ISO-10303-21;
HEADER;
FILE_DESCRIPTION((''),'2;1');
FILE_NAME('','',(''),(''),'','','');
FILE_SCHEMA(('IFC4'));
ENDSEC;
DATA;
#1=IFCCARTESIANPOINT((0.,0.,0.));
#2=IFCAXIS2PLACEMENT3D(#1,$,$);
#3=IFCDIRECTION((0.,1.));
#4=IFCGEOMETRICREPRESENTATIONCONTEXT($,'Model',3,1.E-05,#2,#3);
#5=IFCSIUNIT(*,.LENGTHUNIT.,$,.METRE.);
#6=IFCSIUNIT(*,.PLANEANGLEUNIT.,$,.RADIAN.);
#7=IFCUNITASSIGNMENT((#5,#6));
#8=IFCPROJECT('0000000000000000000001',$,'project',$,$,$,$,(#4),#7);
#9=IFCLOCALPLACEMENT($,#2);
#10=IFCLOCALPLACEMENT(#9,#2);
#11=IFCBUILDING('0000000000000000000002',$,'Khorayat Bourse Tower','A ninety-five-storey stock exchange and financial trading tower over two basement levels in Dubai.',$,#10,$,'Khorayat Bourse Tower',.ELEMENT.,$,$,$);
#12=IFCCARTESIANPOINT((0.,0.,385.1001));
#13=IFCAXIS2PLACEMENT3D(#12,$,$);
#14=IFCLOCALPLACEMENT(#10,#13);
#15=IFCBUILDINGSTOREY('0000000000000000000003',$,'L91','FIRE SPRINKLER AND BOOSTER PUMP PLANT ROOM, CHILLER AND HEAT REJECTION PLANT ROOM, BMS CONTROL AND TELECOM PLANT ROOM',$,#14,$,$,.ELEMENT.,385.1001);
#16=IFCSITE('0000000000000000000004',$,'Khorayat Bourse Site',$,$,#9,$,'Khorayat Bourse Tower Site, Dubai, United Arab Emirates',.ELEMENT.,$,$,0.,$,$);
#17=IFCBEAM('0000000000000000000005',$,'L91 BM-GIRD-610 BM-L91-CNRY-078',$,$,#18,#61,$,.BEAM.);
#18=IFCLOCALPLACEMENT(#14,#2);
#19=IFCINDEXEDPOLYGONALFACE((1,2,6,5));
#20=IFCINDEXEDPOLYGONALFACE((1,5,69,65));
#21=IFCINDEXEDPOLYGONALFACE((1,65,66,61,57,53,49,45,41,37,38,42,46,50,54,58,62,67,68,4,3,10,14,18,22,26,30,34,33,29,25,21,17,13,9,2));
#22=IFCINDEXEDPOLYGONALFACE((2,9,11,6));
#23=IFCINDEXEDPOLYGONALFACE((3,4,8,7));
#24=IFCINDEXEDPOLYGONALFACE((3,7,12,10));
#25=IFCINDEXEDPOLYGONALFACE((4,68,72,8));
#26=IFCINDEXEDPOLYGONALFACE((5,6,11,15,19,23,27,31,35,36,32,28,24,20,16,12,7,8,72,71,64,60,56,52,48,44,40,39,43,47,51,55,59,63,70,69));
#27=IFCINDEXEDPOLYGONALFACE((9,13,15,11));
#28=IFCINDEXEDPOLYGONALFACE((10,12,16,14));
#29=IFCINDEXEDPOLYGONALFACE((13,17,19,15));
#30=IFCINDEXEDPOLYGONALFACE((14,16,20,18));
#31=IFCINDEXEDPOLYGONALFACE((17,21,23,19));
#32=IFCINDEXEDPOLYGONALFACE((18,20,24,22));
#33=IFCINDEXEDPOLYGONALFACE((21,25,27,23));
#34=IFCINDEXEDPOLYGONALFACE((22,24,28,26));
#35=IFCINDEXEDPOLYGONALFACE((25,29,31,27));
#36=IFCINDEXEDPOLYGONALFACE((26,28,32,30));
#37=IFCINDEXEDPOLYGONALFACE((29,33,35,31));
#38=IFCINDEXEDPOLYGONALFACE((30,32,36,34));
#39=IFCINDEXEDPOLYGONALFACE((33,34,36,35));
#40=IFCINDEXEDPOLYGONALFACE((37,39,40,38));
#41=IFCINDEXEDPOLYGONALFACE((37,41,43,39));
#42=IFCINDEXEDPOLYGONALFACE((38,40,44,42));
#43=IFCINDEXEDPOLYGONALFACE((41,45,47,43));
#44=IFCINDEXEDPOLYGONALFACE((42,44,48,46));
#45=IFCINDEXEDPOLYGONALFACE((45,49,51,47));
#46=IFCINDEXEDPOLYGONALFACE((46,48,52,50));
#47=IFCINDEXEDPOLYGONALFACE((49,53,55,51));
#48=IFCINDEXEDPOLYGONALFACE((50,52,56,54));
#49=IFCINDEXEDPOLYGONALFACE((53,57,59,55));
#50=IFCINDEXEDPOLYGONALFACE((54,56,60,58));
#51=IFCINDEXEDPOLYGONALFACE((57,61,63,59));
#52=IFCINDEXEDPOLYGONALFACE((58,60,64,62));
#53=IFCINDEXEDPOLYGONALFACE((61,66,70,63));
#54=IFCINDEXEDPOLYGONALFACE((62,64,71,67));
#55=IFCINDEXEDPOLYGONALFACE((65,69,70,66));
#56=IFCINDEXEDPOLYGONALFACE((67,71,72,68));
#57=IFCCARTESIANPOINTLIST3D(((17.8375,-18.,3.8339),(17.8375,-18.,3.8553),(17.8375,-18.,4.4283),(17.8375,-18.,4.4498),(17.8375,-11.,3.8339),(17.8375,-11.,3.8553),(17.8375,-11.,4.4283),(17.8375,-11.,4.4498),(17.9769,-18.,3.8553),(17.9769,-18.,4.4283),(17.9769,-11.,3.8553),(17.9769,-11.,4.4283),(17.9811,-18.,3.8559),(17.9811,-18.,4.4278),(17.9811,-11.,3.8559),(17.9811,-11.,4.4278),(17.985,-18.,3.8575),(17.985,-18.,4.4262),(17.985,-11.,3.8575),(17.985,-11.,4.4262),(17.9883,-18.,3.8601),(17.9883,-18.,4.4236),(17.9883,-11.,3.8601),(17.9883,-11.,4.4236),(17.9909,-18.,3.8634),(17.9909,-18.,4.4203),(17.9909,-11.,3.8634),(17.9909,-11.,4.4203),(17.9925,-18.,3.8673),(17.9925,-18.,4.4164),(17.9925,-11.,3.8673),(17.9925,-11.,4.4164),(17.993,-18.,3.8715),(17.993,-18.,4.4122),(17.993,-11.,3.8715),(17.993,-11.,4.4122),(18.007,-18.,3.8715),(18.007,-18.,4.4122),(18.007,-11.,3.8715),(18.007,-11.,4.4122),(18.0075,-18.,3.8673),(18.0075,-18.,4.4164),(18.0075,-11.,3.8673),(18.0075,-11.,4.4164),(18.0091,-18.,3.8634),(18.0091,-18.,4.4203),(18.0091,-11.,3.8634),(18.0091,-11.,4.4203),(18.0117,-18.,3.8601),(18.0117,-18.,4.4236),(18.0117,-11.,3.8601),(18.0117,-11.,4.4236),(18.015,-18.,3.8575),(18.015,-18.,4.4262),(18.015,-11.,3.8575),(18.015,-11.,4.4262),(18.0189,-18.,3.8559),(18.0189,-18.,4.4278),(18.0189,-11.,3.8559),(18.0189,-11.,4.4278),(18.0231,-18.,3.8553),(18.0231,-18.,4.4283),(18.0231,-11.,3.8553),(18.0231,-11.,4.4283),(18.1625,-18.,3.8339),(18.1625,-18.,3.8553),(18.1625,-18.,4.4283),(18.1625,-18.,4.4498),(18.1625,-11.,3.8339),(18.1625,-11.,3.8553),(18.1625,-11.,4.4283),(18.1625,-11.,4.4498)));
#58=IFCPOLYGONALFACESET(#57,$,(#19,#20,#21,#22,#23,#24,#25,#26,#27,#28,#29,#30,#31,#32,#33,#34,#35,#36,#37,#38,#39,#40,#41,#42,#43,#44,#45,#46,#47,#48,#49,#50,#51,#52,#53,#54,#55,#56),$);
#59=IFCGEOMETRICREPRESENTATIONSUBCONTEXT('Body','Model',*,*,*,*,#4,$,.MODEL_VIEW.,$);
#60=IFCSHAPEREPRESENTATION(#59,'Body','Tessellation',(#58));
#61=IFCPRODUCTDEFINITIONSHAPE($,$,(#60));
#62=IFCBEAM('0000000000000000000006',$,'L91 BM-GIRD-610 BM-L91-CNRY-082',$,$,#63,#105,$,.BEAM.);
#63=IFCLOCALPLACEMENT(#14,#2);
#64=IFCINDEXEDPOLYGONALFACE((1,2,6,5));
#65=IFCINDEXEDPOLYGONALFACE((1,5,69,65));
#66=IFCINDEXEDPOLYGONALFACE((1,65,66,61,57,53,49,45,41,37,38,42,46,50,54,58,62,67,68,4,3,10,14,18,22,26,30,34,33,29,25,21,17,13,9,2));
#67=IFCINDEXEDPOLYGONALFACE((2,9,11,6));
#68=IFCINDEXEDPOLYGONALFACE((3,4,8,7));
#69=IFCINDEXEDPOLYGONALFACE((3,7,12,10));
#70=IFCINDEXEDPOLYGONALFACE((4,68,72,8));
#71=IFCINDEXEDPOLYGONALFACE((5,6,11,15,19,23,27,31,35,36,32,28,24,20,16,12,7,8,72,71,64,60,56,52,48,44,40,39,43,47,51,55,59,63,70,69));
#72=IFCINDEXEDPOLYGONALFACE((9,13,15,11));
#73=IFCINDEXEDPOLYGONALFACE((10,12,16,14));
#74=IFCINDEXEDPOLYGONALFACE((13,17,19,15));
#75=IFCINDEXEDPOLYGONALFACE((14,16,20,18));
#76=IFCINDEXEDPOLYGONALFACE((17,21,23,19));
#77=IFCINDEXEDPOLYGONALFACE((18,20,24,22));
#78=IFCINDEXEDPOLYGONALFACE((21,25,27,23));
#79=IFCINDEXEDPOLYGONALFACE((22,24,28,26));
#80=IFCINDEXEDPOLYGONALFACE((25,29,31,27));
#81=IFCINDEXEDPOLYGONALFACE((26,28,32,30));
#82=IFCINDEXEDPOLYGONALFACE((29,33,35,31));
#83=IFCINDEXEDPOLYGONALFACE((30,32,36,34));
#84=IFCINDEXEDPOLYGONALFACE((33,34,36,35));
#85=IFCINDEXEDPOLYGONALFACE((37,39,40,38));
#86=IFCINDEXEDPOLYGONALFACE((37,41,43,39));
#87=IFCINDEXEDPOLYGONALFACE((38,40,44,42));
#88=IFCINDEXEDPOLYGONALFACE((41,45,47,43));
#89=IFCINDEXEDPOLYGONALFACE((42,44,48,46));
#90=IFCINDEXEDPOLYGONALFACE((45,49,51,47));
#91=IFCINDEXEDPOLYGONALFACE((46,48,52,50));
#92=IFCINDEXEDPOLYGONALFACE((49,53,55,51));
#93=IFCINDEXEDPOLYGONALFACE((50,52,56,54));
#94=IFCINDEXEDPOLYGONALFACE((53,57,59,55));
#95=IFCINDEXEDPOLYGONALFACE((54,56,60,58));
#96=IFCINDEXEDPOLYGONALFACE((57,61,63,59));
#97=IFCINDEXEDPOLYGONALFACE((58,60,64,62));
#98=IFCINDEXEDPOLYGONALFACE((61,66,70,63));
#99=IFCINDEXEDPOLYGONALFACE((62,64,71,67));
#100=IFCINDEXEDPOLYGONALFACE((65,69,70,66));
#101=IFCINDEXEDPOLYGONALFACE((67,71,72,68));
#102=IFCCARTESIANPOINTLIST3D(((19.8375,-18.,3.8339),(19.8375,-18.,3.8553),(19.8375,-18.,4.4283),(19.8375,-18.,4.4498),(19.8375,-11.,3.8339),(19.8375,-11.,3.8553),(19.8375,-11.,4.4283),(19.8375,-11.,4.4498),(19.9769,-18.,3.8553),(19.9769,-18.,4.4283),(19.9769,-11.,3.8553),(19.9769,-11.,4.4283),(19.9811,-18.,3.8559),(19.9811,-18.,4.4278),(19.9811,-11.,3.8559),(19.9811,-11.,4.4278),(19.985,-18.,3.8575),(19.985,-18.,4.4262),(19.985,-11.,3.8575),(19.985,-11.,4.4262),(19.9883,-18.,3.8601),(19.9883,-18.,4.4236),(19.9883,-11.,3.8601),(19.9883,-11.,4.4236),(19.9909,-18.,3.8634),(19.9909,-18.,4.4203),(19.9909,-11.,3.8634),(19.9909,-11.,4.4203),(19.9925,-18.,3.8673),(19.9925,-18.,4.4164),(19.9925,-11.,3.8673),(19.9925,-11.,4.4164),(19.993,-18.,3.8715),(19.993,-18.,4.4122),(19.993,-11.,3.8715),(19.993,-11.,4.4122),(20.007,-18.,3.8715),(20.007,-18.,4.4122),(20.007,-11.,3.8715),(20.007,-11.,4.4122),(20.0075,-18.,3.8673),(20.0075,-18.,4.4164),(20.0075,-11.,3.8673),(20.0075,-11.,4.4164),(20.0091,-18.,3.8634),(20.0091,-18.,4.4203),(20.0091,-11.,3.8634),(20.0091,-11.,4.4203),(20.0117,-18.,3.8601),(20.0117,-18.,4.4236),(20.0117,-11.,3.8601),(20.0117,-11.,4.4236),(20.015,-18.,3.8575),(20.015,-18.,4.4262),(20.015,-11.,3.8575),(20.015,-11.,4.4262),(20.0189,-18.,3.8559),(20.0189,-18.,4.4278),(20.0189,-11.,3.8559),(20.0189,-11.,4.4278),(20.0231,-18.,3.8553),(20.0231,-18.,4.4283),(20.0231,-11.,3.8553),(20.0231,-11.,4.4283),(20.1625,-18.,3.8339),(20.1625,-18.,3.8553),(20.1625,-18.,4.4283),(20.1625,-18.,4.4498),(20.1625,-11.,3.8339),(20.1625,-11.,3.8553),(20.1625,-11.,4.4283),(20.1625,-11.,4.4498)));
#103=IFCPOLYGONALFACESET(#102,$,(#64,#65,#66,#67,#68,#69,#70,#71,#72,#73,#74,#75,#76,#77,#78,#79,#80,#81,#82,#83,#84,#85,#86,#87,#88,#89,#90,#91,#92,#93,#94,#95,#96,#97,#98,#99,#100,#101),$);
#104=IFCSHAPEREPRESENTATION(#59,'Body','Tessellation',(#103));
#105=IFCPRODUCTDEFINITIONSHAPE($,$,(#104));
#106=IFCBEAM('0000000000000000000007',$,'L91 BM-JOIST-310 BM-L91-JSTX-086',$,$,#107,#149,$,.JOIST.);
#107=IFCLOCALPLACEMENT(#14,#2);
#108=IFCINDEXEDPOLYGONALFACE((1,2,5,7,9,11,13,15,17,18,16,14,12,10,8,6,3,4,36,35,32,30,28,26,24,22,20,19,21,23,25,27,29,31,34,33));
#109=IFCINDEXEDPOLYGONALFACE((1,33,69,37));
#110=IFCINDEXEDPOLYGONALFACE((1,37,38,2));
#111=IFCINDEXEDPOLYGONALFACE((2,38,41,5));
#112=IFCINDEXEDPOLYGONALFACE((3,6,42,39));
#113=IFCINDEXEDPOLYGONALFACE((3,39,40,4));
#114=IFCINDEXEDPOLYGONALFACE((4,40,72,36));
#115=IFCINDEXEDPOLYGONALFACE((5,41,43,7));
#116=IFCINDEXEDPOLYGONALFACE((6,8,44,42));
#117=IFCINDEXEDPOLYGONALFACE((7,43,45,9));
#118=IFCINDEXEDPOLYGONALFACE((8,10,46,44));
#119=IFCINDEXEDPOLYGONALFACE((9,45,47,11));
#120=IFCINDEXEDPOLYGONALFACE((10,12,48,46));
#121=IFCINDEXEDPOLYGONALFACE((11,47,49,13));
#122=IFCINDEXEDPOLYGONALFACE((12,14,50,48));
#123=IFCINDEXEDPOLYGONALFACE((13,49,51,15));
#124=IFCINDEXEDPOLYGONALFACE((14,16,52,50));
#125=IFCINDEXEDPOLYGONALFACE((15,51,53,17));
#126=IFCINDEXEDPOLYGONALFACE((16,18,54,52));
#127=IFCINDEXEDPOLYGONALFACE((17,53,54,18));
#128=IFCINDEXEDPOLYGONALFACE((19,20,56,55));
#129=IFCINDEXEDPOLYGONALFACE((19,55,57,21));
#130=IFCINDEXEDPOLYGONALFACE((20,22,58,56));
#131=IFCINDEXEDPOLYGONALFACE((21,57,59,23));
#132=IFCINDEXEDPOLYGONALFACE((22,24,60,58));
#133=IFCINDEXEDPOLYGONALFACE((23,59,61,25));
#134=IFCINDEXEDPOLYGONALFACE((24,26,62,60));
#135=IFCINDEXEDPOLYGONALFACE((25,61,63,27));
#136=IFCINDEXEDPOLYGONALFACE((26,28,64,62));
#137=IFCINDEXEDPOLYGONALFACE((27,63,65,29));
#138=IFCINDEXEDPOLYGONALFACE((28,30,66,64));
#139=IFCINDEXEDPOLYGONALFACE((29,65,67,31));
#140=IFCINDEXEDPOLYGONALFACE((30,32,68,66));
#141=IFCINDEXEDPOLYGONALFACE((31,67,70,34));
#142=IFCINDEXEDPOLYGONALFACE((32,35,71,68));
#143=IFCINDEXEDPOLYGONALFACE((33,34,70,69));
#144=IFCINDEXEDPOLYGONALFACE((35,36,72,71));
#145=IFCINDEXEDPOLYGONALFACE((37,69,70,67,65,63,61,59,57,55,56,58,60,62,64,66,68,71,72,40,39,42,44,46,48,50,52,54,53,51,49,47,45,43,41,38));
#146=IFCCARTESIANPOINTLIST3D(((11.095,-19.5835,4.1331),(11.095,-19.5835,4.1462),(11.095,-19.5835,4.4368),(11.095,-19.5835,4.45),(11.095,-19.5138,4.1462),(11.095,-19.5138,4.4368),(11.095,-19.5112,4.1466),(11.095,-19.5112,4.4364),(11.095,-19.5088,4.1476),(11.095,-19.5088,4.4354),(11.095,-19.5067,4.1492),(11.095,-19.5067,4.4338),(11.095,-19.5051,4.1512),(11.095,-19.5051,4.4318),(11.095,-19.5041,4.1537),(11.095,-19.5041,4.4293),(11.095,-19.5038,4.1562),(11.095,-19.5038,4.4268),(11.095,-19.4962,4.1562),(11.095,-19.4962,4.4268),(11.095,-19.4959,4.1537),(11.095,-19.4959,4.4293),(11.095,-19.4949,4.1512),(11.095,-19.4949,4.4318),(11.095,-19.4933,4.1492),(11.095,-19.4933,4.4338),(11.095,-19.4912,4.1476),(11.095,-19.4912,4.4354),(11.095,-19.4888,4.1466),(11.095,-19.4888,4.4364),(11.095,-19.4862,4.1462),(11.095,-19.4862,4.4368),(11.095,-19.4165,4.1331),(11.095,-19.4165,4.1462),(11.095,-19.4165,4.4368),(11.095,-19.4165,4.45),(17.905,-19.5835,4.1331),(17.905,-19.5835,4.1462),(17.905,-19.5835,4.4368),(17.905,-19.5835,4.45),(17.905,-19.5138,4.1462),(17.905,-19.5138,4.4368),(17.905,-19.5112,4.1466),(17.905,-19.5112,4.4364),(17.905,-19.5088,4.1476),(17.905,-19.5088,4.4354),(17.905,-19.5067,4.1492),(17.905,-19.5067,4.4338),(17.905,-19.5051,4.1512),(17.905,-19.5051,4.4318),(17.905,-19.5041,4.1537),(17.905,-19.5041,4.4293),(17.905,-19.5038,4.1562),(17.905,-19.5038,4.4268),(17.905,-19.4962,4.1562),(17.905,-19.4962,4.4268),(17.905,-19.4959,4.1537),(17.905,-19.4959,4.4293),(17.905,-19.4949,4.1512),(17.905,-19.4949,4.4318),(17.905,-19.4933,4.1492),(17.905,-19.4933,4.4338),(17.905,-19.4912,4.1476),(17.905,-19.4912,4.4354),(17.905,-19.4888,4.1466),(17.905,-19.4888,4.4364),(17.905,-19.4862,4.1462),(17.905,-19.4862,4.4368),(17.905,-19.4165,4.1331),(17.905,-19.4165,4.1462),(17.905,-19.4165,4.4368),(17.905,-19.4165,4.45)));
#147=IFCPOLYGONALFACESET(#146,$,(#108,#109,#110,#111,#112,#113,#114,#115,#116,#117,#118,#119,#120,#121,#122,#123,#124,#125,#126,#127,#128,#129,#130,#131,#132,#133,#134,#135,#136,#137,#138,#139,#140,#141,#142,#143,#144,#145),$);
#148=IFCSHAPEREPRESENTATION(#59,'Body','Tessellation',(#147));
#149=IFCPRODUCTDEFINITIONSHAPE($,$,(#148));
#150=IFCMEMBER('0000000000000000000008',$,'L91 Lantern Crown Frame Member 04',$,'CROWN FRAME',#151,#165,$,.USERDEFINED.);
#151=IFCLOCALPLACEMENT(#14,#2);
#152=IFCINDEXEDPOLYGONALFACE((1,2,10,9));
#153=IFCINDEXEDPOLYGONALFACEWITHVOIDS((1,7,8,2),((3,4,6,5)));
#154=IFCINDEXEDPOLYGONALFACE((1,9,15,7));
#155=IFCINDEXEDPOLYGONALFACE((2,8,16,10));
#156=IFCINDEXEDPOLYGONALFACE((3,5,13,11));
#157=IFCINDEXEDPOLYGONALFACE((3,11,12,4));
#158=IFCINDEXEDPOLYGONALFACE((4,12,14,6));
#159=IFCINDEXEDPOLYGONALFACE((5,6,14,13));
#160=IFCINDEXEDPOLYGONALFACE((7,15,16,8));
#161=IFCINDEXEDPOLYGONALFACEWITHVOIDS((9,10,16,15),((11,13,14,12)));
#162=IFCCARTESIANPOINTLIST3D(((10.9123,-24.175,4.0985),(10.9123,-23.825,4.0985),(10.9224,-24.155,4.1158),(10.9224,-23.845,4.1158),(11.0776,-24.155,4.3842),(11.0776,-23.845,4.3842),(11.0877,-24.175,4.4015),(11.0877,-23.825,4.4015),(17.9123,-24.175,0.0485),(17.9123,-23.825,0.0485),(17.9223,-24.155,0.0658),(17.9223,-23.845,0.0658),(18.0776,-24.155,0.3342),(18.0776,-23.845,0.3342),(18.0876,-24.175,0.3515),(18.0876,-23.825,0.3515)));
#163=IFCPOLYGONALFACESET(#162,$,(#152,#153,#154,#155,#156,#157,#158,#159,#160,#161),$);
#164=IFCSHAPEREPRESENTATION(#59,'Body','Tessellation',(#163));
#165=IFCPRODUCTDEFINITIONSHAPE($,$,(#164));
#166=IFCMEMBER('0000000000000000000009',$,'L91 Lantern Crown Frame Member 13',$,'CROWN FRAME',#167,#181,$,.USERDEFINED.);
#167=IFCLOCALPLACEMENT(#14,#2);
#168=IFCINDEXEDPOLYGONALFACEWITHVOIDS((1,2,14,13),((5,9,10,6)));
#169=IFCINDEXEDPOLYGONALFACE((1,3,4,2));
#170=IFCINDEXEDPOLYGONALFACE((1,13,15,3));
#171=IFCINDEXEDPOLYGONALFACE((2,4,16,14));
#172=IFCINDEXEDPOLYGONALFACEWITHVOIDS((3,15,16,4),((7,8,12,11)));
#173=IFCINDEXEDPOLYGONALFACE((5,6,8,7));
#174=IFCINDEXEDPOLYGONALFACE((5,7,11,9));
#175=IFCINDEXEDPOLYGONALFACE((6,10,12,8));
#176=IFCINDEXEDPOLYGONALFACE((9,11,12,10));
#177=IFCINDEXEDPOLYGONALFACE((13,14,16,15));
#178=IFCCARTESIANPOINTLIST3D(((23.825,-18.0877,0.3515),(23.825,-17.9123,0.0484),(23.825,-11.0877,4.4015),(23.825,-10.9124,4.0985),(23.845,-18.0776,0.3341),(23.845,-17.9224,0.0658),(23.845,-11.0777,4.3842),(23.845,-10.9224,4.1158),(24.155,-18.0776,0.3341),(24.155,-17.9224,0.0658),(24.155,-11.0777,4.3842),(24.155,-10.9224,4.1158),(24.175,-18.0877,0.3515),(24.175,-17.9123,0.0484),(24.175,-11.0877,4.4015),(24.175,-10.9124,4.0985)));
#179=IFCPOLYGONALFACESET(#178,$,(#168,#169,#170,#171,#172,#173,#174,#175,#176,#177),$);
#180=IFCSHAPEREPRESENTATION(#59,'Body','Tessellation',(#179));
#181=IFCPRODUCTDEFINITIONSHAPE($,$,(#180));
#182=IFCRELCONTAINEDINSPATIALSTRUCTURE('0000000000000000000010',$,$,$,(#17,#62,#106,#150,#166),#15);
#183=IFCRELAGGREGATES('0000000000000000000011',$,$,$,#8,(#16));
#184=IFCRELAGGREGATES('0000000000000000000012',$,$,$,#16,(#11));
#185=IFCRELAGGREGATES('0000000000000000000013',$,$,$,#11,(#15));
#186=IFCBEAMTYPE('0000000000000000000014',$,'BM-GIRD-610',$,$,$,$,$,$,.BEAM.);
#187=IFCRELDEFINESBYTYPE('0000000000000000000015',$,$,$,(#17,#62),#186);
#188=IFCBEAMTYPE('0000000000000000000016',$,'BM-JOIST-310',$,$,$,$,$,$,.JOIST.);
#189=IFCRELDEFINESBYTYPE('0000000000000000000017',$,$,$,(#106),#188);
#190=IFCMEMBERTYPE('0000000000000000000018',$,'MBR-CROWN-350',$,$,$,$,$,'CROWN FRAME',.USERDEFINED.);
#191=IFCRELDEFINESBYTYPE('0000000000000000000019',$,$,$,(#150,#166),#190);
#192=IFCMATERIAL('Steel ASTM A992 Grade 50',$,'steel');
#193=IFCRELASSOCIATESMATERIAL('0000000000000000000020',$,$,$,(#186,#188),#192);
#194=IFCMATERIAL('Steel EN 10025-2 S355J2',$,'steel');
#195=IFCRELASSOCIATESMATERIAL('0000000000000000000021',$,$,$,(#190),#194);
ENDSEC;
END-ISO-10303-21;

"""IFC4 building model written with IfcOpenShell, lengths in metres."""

from ifc_helpers import new_model, si_unit, direction, frame, origin, origin_2d, place, context, subcontext, project, spatial, hollow_rectangle, i_section, extrude, source, transform, mapped, material, material_profile, profile_set, type_object, element, save


model = new_model("IFC4")

# Units and contexts
model_context = context("Model", 3, precision=1e-05, world=origin(), true_north=direction((0.0, 1.0)))
body_context = subcontext(model_context, "Body", "Model", "MODEL_VIEW")
ifc_project = project(units=[si_unit("LENGTHUNIT", "METRE"), si_unit("PLANEANGLEUNIT", "RADIAN")], contexts=[model_context])

# Site, building, storey
site_placement = place(None, origin())
site = spatial("IfcSite", under=ifc_project, at=site_placement, Name="Khorayat Bourse Site", LongName="Khorayat Bourse Tower Site, Dubai, United Arab Emirates", CompositionType="ELEMENT", RefElevation=0.0)
building_placement = place(site_placement, origin())
building = spatial("IfcBuilding", under=site, at=building_placement, Name="Khorayat Bourse Tower", Description="A ninety-five-storey stock exchange and financial trading tower over two basement levels in Dubai.", LongName="Khorayat Bourse Tower", CompositionType="ELEMENT")
storey_placement = place(building_placement, frame((0.0, 0.0, 385.1001)))
storey = spatial("IfcBuildingStorey", under=building, at=storey_placement, Name="L91", Description="FIRE SPRINKLER AND BOOSTER PUMP PLANT ROOM, CHILLER AND HEAT REJECTION PLANT ROOM, BMS CONTROL AND TELECOM PLANT ROOM", CompositionType="ELEMENT", Elevation=385.1001)

# Shared definitions
ifc_material_1 = material(Name="Steel EN 10025-2 S355J2", Category="steel")

# Beams
ifc_material_2 = material(Name="Steel ASTM A992 Grade 50", Category="steel")
ifc_material_profile_1 = material_profile(ifc_material_2, i_section(OverallWidth=0.325, OverallDepth=0.616, WebThickness=0.0139, FlangeThickness=0.0215, FilletRadius=0.0161, at=origin_2d()), Name="W610X174")
ifc_profile_set_1 = profile_set([ifc_material_profile_1], Name="Steel ASTM A992 Grade 50")
beam_type_1 = type_object("IfcBeamType", Name="BM-GIRD-610", PredefinedType="BEAM", material=ifc_profile_set_1)
shared_shape_1 = source(origin(), body_context, "Body", "SweptSolid", [
    extrude(i_section(OverallWidth=0.325, OverallDepth=0.616, WebThickness=0.0139, FlangeThickness=0.0215, FilletRadius=0.0161, at=origin_2d()), origin(), (0.0, 0.0, 1.0), 7.0),
])
for number, where, z_axis, x_axis, name in (
    (1, (18.0, -18.0, 4.1418), (0.0, 1.0, 0.0), (-1.0, 0.0, 0.0), "L91 BM-GIRD-610 BM-L91-CNRY-078"),
    (2, (20.0, -18.0, 4.1418), (0.0, 1.0, 0.0), (-1.0, 0.0, 0.0), "L91 BM-GIRD-610 BM-L91-CNRY-082"),
):
    element("IfcBeam", number, at=place(storey_placement, frame(where, z_axis=z_axis, x_axis=x_axis)), inside=storey, type_object=beam_type_1, Name=name, PredefinedType="BEAM", context=body_context, shape_type="MappedRepresentation", body=[
        mapped(shared_shape_1, transform((0.0, 0.0, 0.0), scale=1.0)),
    ])
ifc_material_profile_2 = material_profile(ifc_material_2, i_section(OverallWidth=0.167, OverallDepth=0.3169, WebThickness=0.0076, FlangeThickness=0.0132, FilletRadius=0.01, at=origin_2d()), Name="W310X52")
ifc_profile_set_2 = profile_set([ifc_material_profile_2], Name="Steel ASTM A992 Grade 50")
beam_type_2 = type_object("IfcBeamType", Name="BM-JOIST-310", PredefinedType="JOIST", material=ifc_profile_set_2)
shared_shape_2 = source(origin(), body_context, "Body", "SweptSolid", [
    extrude(i_section(OverallWidth=0.167, OverallDepth=0.3169, WebThickness=0.0076, FlangeThickness=0.0132, FilletRadius=0.01, at=origin_2d()), origin(), (0.0, 0.0, 1.0), 6.8101),
])
beam_1_placement = place(storey_placement, frame((11.095, -19.5, 4.2915), z_axis=(1.0, 0.0, 0.0), x_axis=(0.0, 1.0, 0.0)))
element("IfcBeam", 3, at=beam_1_placement, inside=storey, type_object=beam_type_2, Name="L91 BM-JOIST-310 BM-L91-JSTX-086", PredefinedType="JOIST", context=body_context, shape_type="MappedRepresentation", body=[
    mapped(shared_shape_2, transform((0.0, 0.0, 0.0), scale=1.0)),
])

# Members
ifc_material_profile_3 = material_profile(ifc_material_1, hollow_rectangle(XDim=0.3501, YDim=0.3501, WallThickness=0.02, at=origin_2d()), Name="HSS 350x350x20")
ifc_profile_set_3 = profile_set([ifc_material_profile_3], Name="Steel EN 10025-2 S355J2")
member_type_1 = type_object("IfcMemberType", Name="MBR-CROWN-350", ElementType="CROWN FRAME", PredefinedType="USERDEFINED", material=ifc_profile_set_3)
shared_shape_3 = source(origin(), body_context, "Body", "SweptSolid", [
    extrude(hollow_rectangle(XDim=0.3501, YDim=0.3501, WallThickness=0.02, at=origin_2d()), origin(), (0.0, 0.0, 1.0), 8.0872),
])
for number, where, z_axis, x_axis, name in (
    (4, (11.0, -24.0, 4.25), (0.865565, 0.0, -0.500797), (0.0, 1.0, 0.0), "L91 Lantern Crown Frame Member 04"),
    (5, (24.0, -18.0, 0.2), (0.0, 0.865565, 0.500797), (-1.0, 0.0, 0.0), "L91 Lantern Crown Frame Member 13"),
):
    element("IfcMember", number, at=place(storey_placement, frame(where, z_axis=z_axis, x_axis=x_axis)), inside=storey, type_object=member_type_1, Name=name, ObjectType="CROWN FRAME", PredefinedType="USERDEFINED", context=body_context, shape_type="MappedRepresentation", body=[
        mapped(shared_shape_3, transform((0.0, 0.0, 0.0), scale=1.0)),
    ])

save(model, "model.ifc")
